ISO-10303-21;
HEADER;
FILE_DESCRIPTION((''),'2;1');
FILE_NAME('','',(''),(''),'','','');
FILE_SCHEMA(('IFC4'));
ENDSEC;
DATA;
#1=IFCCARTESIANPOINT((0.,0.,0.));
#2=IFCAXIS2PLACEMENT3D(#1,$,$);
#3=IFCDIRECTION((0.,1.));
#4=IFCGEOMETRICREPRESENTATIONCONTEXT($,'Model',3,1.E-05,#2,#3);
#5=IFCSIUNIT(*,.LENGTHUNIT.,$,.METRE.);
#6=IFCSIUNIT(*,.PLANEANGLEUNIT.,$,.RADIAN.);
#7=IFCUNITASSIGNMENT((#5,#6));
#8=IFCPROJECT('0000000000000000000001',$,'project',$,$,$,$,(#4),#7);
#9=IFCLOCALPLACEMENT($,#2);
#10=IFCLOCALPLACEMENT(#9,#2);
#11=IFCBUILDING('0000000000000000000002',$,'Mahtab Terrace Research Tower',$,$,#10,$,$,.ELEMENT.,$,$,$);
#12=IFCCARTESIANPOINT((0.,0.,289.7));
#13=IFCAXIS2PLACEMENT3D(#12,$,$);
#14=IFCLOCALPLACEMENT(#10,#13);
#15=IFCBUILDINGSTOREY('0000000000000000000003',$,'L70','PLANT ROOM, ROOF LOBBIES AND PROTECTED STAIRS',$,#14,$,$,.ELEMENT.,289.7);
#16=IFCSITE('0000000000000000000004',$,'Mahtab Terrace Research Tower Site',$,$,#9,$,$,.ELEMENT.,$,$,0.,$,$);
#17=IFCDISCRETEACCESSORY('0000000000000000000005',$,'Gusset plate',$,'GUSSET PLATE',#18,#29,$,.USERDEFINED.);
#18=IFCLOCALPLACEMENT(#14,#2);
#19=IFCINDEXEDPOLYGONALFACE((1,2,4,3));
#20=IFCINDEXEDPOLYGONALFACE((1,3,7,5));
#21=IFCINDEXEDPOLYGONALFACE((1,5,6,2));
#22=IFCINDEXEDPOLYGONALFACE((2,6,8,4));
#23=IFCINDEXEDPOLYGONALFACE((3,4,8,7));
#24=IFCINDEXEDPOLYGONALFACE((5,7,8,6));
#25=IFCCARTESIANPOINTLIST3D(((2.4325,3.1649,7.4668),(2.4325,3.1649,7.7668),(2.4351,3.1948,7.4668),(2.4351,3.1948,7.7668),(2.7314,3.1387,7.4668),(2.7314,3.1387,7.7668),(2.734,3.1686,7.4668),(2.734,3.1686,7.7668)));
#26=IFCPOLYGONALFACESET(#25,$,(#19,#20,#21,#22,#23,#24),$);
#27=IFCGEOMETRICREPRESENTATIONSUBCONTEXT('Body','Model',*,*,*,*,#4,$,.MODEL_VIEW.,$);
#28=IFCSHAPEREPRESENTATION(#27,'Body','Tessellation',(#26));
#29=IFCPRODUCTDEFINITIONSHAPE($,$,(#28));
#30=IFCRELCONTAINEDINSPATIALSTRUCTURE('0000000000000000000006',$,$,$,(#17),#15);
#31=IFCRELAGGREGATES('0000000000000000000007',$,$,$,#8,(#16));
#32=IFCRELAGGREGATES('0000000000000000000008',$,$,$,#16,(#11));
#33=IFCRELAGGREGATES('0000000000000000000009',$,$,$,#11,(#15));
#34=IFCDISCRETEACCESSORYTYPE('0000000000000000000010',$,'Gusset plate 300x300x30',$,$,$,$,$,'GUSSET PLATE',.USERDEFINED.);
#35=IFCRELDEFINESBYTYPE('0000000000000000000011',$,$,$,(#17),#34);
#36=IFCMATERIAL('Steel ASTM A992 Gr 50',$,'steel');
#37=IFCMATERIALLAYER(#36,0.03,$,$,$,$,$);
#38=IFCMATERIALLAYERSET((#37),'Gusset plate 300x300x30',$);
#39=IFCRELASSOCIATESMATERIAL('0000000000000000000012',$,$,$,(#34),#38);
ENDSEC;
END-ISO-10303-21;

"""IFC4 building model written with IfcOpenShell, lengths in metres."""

from ifc_helpers import new_model, si_unit, direction, frame, origin, origin_2d, place, context, subcontext, project, spatial, rectangle, extrude, material, layer, layer_set, type_object, element, save


model = new_model("IFC4")

# Units and contexts
model_context = context("Model", 3, precision=1e-05, world=origin(), true_north=direction((0.0, 1.0)))
body_context = subcontext(model_context, "Body", "Model", "MODEL_VIEW")
ifc_project = project(units=[si_unit("LENGTHUNIT", "METRE"), si_unit("PLANEANGLEUNIT", "RADIAN")], contexts=[model_context])

# Site, building, storey
site_placement = place(None, origin())
site = spatial("IfcSite", under=ifc_project, at=site_placement, Name="Mahtab Terrace Research Tower Site", CompositionType="ELEMENT", RefElevation=0.0)
building_placement = place(site_placement, origin())
building = spatial("IfcBuilding", under=site, at=building_placement, Name="Mahtab Terrace Research Tower", CompositionType="ELEMENT")
storey_placement = place(building_placement, frame((0.0, 0.0, 289.7)))
storey = spatial("IfcBuildingStorey", under=building, at=storey_placement, Name="L70", Description="PLANT ROOM, ROOF LOBBIES AND PROTECTED STAIRS", CompositionType="ELEMENT", Elevation=289.7)

# Discrete accessory
ifc_material_1 = material(Name="Steel ASTM A992 Gr 50", Category="steel")
ifc_layer = layer(ifc_material_1, 0.03)
ifc_layer_set = layer_set([ifc_layer], Name="Gusset plate 300x300x30")
discrete_accessory_type = type_object("IfcDiscreteAccessoryType", Name="Gusset plate 300x300x30", ElementType="GUSSET PLATE", PredefinedType="USERDEFINED", material=ifc_layer_set)
for number, where, z_axis, x_axis, name in (
    (1, (2.5833, 3.1667, 7.4668), (0.0, 0.0, 1.0), (-0.996173, 0.087399, 0.0), "Gusset plate"),
):
    element("IfcDiscreteAccessory", number, at=place(storey_placement, frame(where, z_axis=z_axis, x_axis=x_axis)), inside=storey, type_object=discrete_accessory_type, Name=name, ObjectType="GUSSET PLATE", PredefinedType="USERDEFINED", context=body_context, shape_type="SweptSolid", body=[
        extrude(rectangle(XDim=0.3, YDim=0.03, at=origin_2d()), origin(), (0.0, 0.0, 1.0), 0.3),
    ])

save(model, "model.ifc")
